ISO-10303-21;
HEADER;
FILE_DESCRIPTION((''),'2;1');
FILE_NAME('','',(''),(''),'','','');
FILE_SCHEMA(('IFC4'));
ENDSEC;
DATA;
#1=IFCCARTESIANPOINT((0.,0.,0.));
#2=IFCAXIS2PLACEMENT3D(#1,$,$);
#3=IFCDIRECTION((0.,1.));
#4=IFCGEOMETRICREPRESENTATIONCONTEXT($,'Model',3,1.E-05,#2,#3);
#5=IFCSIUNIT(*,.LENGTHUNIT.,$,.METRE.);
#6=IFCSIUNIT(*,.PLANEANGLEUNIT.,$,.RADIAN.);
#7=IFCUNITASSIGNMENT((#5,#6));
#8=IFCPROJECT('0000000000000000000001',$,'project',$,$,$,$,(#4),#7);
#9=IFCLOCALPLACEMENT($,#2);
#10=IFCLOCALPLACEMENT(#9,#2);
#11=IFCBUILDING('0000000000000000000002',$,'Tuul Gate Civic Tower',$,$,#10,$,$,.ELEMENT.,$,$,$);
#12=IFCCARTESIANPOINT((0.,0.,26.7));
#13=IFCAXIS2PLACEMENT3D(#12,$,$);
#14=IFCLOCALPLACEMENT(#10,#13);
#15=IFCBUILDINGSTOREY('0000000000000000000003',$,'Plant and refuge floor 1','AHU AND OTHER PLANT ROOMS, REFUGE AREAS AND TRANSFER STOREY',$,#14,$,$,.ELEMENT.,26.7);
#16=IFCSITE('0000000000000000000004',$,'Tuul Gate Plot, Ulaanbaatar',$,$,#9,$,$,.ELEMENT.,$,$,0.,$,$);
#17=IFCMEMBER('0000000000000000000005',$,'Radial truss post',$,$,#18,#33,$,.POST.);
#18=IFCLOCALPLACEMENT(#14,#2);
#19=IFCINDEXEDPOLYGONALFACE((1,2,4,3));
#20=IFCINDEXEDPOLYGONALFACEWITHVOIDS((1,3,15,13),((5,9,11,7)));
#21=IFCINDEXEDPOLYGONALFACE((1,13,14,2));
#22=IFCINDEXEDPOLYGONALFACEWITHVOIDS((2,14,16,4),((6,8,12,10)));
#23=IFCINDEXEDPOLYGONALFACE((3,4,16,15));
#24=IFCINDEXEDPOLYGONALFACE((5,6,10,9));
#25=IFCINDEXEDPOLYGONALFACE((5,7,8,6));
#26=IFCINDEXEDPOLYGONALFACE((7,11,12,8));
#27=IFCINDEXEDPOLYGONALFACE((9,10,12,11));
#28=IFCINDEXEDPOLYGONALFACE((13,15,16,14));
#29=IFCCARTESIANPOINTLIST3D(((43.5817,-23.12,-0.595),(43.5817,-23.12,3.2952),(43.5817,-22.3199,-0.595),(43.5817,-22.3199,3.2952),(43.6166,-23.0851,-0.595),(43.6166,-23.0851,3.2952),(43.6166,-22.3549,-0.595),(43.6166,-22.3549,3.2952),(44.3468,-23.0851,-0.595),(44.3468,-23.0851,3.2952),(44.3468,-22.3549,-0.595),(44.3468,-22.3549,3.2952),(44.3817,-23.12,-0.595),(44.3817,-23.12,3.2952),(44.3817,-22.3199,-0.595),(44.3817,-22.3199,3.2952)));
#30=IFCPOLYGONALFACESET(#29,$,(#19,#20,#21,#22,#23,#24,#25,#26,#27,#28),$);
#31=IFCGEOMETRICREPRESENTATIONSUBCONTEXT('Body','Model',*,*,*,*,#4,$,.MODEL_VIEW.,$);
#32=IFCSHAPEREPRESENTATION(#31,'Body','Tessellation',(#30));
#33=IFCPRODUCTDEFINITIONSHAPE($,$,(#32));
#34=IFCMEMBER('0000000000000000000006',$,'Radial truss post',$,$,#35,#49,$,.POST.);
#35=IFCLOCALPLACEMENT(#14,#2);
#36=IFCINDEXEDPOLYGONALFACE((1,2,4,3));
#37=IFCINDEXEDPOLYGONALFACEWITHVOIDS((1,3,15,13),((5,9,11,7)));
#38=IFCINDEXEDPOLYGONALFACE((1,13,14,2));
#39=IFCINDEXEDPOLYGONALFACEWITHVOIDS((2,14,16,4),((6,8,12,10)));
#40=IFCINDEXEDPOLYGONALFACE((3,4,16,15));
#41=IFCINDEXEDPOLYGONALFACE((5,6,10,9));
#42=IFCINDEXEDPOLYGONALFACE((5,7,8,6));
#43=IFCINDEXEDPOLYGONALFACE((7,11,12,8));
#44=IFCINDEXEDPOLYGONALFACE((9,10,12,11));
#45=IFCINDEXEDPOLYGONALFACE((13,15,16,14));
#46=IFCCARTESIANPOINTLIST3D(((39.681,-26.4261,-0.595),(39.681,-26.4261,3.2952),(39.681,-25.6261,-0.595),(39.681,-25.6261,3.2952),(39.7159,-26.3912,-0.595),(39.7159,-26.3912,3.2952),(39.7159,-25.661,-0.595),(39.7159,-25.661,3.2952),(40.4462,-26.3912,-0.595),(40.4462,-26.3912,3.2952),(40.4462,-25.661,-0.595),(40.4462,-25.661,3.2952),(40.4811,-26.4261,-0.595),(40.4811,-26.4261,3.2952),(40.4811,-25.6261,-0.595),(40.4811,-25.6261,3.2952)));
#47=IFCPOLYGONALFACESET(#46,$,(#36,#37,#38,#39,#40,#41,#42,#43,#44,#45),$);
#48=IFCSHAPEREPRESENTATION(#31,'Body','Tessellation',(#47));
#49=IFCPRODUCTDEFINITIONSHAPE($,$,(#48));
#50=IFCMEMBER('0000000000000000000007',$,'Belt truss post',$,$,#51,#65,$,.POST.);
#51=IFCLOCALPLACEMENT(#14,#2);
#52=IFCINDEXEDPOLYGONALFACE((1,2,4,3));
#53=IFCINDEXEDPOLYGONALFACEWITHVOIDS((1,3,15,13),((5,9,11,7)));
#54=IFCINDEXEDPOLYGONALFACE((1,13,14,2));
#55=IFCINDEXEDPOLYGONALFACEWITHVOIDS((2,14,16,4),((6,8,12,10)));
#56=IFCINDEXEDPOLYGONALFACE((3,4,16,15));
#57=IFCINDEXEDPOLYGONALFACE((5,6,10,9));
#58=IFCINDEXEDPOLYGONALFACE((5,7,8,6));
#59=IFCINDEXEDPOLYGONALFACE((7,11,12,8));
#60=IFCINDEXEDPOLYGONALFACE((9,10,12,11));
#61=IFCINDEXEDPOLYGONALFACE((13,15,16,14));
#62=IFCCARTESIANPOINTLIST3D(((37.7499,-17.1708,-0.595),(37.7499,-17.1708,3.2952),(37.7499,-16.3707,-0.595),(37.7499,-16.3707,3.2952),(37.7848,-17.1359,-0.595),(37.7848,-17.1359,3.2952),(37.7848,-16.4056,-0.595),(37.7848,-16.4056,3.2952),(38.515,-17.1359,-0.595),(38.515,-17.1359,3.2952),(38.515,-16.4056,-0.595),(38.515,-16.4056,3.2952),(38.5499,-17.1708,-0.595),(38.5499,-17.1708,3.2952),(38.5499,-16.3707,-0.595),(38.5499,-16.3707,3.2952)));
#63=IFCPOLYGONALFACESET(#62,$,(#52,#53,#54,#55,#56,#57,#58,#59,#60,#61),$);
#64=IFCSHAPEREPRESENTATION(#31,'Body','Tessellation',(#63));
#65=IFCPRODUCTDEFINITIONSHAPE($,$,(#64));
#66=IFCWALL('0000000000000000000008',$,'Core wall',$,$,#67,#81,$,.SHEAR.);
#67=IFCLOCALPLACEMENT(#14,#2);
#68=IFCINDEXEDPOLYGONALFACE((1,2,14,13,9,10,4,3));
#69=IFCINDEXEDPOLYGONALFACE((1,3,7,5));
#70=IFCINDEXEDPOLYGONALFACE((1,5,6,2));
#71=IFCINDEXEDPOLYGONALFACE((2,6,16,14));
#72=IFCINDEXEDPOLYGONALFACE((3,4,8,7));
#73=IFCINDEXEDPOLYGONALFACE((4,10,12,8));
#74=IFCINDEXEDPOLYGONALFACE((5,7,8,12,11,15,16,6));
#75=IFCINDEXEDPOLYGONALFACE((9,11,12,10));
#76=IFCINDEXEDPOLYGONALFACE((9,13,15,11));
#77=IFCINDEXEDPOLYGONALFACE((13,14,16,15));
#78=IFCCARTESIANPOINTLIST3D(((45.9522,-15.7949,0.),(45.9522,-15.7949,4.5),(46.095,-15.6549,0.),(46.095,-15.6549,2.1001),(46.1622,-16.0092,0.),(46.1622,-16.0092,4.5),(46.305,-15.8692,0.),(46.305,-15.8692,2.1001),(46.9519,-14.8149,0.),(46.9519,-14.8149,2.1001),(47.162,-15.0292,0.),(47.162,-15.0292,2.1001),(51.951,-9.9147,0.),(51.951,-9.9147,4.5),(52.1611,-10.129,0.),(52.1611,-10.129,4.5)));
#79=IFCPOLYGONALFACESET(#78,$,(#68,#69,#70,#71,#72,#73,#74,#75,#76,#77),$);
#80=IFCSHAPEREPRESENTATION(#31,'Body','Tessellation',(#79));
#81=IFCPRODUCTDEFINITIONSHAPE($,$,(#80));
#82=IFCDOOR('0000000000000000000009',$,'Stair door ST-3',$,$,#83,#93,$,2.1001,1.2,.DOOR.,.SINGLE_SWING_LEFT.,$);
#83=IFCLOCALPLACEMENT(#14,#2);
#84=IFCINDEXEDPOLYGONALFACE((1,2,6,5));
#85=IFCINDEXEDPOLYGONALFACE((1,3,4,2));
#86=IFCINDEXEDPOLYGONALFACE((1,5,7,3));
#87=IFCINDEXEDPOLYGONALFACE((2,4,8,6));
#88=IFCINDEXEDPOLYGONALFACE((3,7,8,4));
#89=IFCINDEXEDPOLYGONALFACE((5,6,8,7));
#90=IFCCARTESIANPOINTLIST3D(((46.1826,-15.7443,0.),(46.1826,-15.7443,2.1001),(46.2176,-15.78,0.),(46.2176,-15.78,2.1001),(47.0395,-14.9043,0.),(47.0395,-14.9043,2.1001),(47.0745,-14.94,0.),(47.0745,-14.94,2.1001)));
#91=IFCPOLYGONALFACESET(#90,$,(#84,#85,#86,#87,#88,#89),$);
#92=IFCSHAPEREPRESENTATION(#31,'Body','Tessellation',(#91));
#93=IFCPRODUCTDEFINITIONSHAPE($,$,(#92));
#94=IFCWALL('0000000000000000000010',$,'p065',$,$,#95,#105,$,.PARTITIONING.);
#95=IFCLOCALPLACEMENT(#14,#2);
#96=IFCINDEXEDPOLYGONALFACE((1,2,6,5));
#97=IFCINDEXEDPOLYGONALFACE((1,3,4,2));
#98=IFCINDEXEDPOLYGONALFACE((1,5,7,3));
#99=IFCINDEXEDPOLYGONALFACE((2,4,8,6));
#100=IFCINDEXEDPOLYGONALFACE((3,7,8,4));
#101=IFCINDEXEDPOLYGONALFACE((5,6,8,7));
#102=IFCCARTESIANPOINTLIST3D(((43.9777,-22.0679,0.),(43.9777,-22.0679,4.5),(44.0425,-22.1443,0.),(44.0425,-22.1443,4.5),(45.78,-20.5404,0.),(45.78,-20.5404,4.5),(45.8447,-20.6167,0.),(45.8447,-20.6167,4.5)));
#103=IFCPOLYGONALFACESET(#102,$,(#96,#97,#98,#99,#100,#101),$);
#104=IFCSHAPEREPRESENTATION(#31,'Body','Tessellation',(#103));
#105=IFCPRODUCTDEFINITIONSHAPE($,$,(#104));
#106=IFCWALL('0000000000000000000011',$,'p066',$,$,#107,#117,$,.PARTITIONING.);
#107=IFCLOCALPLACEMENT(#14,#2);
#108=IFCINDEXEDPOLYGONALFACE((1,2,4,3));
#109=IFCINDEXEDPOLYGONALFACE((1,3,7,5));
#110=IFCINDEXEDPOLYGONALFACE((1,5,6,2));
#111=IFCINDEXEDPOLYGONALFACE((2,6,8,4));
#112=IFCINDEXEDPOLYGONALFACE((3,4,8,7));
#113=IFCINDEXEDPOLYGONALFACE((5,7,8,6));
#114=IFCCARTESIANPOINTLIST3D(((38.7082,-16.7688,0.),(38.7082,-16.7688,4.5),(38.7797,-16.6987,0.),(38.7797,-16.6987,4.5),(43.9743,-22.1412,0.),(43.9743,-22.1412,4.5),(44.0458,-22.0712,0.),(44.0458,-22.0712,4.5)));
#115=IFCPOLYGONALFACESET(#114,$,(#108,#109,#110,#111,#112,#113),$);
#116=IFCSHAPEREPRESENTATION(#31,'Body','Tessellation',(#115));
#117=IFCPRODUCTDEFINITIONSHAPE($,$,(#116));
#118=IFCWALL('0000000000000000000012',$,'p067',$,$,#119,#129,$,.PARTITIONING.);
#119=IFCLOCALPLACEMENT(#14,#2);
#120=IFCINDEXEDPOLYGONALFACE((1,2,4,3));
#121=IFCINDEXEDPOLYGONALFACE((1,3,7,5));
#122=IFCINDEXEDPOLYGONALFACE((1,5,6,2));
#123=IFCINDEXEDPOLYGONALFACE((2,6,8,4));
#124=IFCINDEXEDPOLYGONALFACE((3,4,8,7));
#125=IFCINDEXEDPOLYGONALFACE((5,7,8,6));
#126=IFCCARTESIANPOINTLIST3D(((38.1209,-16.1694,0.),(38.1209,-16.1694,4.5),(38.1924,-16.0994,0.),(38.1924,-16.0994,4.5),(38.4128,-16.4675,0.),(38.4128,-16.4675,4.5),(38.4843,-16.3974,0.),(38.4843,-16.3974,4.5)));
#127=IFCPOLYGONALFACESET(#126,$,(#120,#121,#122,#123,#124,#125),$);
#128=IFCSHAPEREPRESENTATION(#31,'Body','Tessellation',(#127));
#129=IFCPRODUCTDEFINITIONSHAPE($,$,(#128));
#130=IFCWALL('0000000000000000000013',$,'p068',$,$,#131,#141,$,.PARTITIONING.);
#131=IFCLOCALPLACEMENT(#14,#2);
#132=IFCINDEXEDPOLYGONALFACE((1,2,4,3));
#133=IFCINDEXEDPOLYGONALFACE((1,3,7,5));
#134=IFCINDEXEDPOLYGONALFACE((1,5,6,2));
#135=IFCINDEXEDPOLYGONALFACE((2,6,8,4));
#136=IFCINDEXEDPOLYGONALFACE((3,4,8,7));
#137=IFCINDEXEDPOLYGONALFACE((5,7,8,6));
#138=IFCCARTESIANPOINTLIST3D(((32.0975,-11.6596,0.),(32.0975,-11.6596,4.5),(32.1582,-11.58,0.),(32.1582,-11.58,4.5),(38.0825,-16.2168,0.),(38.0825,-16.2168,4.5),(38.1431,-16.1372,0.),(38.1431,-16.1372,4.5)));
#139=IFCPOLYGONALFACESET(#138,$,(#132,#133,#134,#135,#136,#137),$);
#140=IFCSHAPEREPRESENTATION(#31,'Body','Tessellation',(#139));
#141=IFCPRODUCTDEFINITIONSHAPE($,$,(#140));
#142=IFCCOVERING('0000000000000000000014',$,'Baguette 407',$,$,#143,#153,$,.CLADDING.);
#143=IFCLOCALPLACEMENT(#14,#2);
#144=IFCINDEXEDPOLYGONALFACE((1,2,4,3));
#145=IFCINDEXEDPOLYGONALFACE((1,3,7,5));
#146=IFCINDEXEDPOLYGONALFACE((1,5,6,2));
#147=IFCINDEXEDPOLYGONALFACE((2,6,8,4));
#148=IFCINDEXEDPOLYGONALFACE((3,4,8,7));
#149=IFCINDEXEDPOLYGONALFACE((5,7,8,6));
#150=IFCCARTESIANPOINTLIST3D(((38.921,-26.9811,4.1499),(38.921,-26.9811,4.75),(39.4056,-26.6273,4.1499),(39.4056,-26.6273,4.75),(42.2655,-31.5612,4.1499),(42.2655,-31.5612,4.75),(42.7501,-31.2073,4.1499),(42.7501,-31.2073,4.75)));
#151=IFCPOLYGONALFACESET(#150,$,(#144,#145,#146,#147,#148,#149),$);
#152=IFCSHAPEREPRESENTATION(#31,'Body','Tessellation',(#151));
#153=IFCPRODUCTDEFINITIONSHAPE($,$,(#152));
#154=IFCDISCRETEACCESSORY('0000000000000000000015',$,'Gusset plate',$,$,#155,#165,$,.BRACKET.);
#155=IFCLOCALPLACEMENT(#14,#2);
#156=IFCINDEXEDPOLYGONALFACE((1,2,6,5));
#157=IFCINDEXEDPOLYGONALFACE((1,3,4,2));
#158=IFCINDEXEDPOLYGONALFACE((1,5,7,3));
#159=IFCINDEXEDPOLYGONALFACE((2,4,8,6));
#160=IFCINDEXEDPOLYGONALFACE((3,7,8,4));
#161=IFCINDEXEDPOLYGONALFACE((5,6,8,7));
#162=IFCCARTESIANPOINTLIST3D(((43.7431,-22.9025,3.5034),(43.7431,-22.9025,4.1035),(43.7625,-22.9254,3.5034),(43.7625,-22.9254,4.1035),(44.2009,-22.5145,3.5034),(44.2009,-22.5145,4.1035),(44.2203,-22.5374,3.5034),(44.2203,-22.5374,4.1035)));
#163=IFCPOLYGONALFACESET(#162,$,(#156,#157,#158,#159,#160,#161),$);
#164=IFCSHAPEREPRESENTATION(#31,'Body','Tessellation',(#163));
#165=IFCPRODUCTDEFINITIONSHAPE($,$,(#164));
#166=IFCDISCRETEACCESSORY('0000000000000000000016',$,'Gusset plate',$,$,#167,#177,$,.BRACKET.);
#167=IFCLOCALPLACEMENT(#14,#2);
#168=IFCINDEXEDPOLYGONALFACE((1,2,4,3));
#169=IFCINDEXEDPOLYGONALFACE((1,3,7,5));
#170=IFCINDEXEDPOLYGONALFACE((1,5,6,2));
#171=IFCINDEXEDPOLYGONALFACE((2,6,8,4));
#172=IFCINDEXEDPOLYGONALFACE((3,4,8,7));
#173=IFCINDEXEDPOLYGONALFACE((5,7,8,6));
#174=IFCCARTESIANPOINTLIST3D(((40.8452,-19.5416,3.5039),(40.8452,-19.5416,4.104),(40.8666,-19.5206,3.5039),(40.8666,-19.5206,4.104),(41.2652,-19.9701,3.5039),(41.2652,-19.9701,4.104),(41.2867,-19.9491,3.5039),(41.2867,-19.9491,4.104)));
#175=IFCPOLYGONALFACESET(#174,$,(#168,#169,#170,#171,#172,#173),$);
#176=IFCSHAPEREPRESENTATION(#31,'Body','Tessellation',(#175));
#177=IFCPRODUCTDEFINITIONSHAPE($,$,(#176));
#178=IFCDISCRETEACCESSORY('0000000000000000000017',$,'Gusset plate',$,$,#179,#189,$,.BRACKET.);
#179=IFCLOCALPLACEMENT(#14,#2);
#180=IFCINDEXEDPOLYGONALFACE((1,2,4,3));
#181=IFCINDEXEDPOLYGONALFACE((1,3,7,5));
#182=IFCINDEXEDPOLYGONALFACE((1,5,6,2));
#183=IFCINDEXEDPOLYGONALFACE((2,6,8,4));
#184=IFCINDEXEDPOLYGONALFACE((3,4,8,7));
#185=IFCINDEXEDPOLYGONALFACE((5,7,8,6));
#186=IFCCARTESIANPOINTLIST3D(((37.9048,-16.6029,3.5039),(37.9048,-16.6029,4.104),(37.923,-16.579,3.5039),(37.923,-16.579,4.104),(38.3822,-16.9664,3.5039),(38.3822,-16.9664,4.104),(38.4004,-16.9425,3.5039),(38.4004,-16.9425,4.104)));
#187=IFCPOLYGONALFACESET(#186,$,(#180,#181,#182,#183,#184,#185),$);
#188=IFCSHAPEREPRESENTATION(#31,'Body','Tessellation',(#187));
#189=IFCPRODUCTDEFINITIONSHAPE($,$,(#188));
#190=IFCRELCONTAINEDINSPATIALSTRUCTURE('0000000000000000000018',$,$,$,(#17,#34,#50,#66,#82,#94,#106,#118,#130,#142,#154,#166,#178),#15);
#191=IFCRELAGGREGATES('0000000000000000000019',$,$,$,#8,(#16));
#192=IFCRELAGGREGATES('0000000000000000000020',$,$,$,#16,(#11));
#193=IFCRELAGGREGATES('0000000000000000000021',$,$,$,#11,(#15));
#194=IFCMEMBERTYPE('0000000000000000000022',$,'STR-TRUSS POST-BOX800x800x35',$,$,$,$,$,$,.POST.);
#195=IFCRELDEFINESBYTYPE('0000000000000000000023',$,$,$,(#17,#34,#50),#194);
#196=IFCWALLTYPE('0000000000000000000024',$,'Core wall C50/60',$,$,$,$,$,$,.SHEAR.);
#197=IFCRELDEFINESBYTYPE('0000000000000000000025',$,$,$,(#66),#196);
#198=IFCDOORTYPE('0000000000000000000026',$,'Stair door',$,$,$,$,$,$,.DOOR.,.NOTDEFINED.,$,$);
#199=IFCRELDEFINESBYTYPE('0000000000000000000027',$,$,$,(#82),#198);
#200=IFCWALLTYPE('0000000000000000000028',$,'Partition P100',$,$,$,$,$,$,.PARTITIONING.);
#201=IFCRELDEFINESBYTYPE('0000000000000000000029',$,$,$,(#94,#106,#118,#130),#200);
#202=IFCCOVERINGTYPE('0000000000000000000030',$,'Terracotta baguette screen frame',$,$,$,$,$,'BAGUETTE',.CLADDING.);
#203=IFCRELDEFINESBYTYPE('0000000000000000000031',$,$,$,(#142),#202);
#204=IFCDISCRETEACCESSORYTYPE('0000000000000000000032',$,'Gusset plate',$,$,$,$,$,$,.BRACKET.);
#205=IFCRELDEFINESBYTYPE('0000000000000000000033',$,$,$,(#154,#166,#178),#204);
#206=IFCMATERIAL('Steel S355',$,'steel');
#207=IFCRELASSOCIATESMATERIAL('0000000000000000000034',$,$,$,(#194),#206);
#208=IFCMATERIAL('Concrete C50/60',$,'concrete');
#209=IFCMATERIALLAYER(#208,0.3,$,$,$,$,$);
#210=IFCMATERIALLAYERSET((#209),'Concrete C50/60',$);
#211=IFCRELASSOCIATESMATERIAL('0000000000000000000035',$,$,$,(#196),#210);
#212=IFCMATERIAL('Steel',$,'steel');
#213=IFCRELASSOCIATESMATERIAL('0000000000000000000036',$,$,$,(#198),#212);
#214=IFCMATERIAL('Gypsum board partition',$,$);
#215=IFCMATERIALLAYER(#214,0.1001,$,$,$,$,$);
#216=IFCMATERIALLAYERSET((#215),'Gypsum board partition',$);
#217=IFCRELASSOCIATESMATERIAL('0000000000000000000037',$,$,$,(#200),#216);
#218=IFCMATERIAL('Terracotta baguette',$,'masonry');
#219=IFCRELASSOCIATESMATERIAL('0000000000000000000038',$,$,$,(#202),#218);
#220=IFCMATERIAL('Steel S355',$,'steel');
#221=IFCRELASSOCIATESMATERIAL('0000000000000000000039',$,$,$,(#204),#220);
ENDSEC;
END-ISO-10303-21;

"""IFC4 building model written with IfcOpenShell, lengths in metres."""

from ifc_helpers import new_model, si_unit, direction, frame, frame_2d, origin, origin_2d, place, context, subcontext, project, spatial, rectangle, hollow_rectangle, extrude, material, layer, layer_set, material_profile, profile_set, type_object, element, fill, save


model = new_model("IFC4")

# Units and contexts
model_context = context("Model", 3, precision=1e-05, world=origin(), true_north=direction((0.0, 1.0)))
body_context = subcontext(model_context, "Body", "Model", "MODEL_VIEW")
ifc_project = project(units=[si_unit("LENGTHUNIT", "METRE"), si_unit("PLANEANGLEUNIT", "RADIAN")], contexts=[model_context])

# Site, building, storey
site_placement = place(None, origin())
site = spatial("IfcSite", under=ifc_project, at=site_placement, Name="Tuul Gate Plot, Ulaanbaatar", CompositionType="ELEMENT", RefElevation=0.0)
building_placement = place(site_placement, origin())
building = spatial("IfcBuilding", under=site, at=building_placement, Name="Tuul Gate Civic Tower", CompositionType="ELEMENT")
storey_placement = place(building_placement, frame((0.0, 0.0, 26.7)))
storey = spatial("IfcBuildingStorey", under=building, at=storey_placement, Name="Plant and refuge floor 1", Description="AHU AND OTHER PLANT ROOMS, REFUGE AREAS AND TRANSFER STOREY", CompositionType="ELEMENT", Elevation=26.7)

# Members
ifc_material_1 = material(Name="Steel S355", Category="steel")
ifc_material_profile_1 = material_profile(ifc_material_1, hollow_rectangle(XDim=0.8, YDim=0.8, WallThickness=0.0349, at=origin_2d()), Name="BOX800x800x35")
ifc_profile_set_1 = profile_set([ifc_material_profile_1], Name="Steel S355")
member_type_1 = type_object("IfcMemberType", Name="STR-TRUSS POST-BOX800x800x35", PredefinedType="POST", material=ifc_profile_set_1)
for number, where, z_axis, x_axis, name in (
    (1, (43.9817, -22.72, -0.595), (0.0, 0.0, 1.0), (1.0, 0.0, 0.0), "Radial truss post"),
    (2, (40.0811, -26.0261, -0.595), (0.0, 0.0, 1.0), (1.0, 0.0, 0.0), "Radial truss post"),
    (3, (38.1499, -16.7708, -0.595), (0.0, 0.0, 1.0), (1.0, 0.0, 0.0), "Belt truss post"),
):
    element("IfcMember", number, at=place(storey_placement, frame(where, z_axis=z_axis, x_axis=x_axis)), inside=storey, type_object=member_type_1, Name=name, PredefinedType="POST", context=body_context, shape_type="SweptSolid", body=[
        extrude(hollow_rectangle(XDim=0.8, YDim=0.8, WallThickness=0.0349, at=origin_2d()), origin(), (0.0, 0.0, 1.0), 3.8901),
    ])

# Wall, opening, door
ifc_material_2 = material(Name="Concrete C50/60", Category="concrete")
ifc_layer_1 = layer(ifc_material_2, 0.3)
ifc_layer_set_1 = layer_set([ifc_layer_1], Name="Concrete C50/60")
wall_type_1 = type_object("IfcWallType", Name="Core wall C50/60", PredefinedType="SHEAR", material=ifc_layer_set_1)
wall_1_placement = place(storey_placement, frame((46.0571, -15.9021, 0.0), z_axis=(0.0, 0.0, 1.0), x_axis=(0.714134, 0.700009, 0.0)))
wall_1 = element("IfcWall", 4, at=wall_1_placement, inside=storey, type_object=wall_type_1, Name="Core wall", PredefinedType="SHEAR", context=body_context, shape_type="SweptSolid", body=[
    extrude(rectangle(XDim=8.4001, YDim=0.3, at=frame_2d((4.2002, 0.0))), origin(), (0.0, 0.0, 1.0), 4.5),
])
opening_placement = place(wall_1_placement, frame((0.2, 0.0, 0.0)))
opening = element("IfcOpeningElement", 5, at=opening_placement, cuts=wall_1, PredefinedType="OPENING", context=body_context, shape_type="SweptSolid", body=[
    extrude(rectangle(XDim=1.2, YDim=2.1001, at=frame_2d((0.6001, 1.05))), frame((0.0, 0.1602, 0.0), z_axis=(0.0, -1.0, 0.0), x_axis=(1.0, 0.0, 0.0)), (0.0, 0.0, 1.0), 0.3201),
])
ifc_material_3 = material(Name="Steel", Category="steel")
door_type = type_object("IfcDoorType", Name="Stair door", OperationType="NOTDEFINED", PredefinedType="DOOR", material=ifc_material_3)
door_placement = place(opening_placement, origin())
door = element("IfcDoor", 6, at=door_placement, inside=storey, type_object=door_type, Name="Stair door ST-3", OperationType="SINGLE_SWING_LEFT", OverallHeight=2.1001, OverallWidth=1.2, PredefinedType="DOOR", context=body_context, shape_type="SweptSolid", body=[
    extrude(rectangle(XDim=1.2, YDim=2.1001, at=frame_2d((0.6001, 1.05))), frame((0.0, 0.0249, 0.0), z_axis=(0.0, -1.0, 0.0), x_axis=(1.0, 0.0, 0.0)), (0.0, 0.0, 1.0), 0.05),
])
fill(opening, door)

# Walls
ifc_material_4 = material(Name="Gypsum board partition")
ifc_layer_2 = layer(ifc_material_4, 0.1001)
ifc_layer_set_2 = layer_set([ifc_layer_2], Name="Gypsum board partition")
wall_type_2 = type_object("IfcWallType", Name="Partition P100", PredefinedType="PARTITIONING", material=ifc_layer_set_2)
wall_2_placement = place(storey_placement, frame((45.8123, -20.5786, 0.0), z_axis=(0.0, 0.0, 1.0), x_axis=(-0.762841, -0.646586, 0.0)))
element("IfcWall", 7, at=wall_2_placement, inside=storey, type_object=wall_type_2, Name="p065", PredefinedType="PARTITIONING", context=body_context, shape_type="SweptSolid", body=[
    extrude(rectangle(XDim=2.3625, YDim=0.1001, at=frame_2d((1.1812, 0.0))), origin(), (0.0, 0.0, 1.0), 4.5),
])
wall_3_placement = place(storey_placement, frame((44.01, -22.1062, 0.0), z_axis=(0.0, 0.0, 1.0), x_axis=(-0.699997, 0.714146, 0.0)))
element("IfcWall", 8, at=wall_3_placement, inside=storey, type_object=wall_type_2, Name="p066", PredefinedType="PARTITIONING", context=body_context, shape_type="SweptSolid", body=[
    extrude(rectangle(XDim=7.5229, YDim=0.1001, at=frame_2d((3.7615, 0.0))), origin(), (0.0, 0.0, 1.0), 4.5),
])
wall_4_placement = place(storey_placement, frame((38.4485, -16.4324, 0.0), z_axis=(0.0, 0.0, 1.0), x_axis=(-0.699755, 0.714382, 0.0)))
element("IfcWall", 9, at=wall_4_placement, inside=storey, type_object=wall_type_2, Name="p067", PredefinedType="PARTITIONING", context=body_context, shape_type="SweptSolid", body=[
    extrude(rectangle(XDim=0.4172, YDim=0.1001, at=frame_2d((0.2085, 0.0))), origin(), (0.0, 0.0, 1.0), 4.5),
])
wall_5_placement = place(storey_placement, frame((38.1128, -16.177, 0.0), z_axis=(0.0, 0.0, 1.0), x_axis=(-0.795609, 0.60581, 0.0)))
element("IfcWall", 10, at=wall_5_placement, inside=storey, type_object=wall_type_2, Name="p068", PredefinedType="PARTITIONING", context=body_context, shape_type="SweptSolid", body=[
    extrude(rectangle(XDim=7.5225, YDim=0.1001, at=frame_2d((3.7612, 0.0))), origin(), (0.0, 0.0, 1.0), 4.5),
])

# Covering
ifc_material_5 = material(Name="Terracotta baguette", Category="masonry")
ifc_material_profile_2 = material_profile(ifc_material_5, rectangle(XDim=0.6001, YDim=0.6001, at=origin_2d()), Name="Terracotta baguette screen frame")
ifc_profile_set_2 = profile_set([ifc_material_profile_2], Name="Terracotta baguette")
covering_type = type_object("IfcCoveringType", Name="Terracotta baguette screen frame", ElementType="BAGUETTE", PredefinedType="CLADDING", material=ifc_profile_set_2)
covering_placement = place(storey_placement, frame((39.1633, -26.8042, 4.45), z_axis=(0.589729, -0.807601, 0.0), x_axis=(0.807601, 0.589729, 0.0)))
element("IfcCovering", 11, at=covering_placement, inside=storey, type_object=covering_type, Name="Baguette 407", PredefinedType="CLADDING", context=body_context, shape_type="SweptSolid", body=[
    extrude(rectangle(XDim=0.6001, YDim=0.6001, at=origin_2d()), origin(), (0.0, 0.0, 1.0), 5.6711),
])

# Discrete accessories
ifc_material_6 = material(Name="Steel S355", Category="steel")
discrete_accessory_type = type_object("IfcDiscreteAccessoryType", Name="Gusset plate", PredefinedType="BRACKET", material=ifc_material_6)
for number, where, z_axis, x_axis, name in (
    (12, (43.9817, -22.72, 3.5034), (0.0, 0.0, 1.0), (0.762835, 0.646593, 0.0), "Gusset plate"),
    (13, (41.0659, -19.7454, 3.5039), (0.0, 0.0, 1.0), (-0.700009, 0.714134, 0.0), "Gusset plate"),
    (14, (38.1526, -16.7727, 3.5039), (0.0, 0.0, 1.0), (-0.795624, 0.605791, 0.0), "Gusset plate"),
):
    element("IfcDiscreteAccessory", number, at=place(storey_placement, frame(where, z_axis=z_axis, x_axis=x_axis)), inside=storey, type_object=discrete_accessory_type, Name=name, PredefinedType="BRACKET", context=body_context, shape_type="SweptSolid", body=[
        extrude(rectangle(XDim=0.6001, YDim=0.03, at=origin_2d()), origin(), (0.0, 0.0, 1.0), 0.6001),
    ])

save(model, "model.ifc")
